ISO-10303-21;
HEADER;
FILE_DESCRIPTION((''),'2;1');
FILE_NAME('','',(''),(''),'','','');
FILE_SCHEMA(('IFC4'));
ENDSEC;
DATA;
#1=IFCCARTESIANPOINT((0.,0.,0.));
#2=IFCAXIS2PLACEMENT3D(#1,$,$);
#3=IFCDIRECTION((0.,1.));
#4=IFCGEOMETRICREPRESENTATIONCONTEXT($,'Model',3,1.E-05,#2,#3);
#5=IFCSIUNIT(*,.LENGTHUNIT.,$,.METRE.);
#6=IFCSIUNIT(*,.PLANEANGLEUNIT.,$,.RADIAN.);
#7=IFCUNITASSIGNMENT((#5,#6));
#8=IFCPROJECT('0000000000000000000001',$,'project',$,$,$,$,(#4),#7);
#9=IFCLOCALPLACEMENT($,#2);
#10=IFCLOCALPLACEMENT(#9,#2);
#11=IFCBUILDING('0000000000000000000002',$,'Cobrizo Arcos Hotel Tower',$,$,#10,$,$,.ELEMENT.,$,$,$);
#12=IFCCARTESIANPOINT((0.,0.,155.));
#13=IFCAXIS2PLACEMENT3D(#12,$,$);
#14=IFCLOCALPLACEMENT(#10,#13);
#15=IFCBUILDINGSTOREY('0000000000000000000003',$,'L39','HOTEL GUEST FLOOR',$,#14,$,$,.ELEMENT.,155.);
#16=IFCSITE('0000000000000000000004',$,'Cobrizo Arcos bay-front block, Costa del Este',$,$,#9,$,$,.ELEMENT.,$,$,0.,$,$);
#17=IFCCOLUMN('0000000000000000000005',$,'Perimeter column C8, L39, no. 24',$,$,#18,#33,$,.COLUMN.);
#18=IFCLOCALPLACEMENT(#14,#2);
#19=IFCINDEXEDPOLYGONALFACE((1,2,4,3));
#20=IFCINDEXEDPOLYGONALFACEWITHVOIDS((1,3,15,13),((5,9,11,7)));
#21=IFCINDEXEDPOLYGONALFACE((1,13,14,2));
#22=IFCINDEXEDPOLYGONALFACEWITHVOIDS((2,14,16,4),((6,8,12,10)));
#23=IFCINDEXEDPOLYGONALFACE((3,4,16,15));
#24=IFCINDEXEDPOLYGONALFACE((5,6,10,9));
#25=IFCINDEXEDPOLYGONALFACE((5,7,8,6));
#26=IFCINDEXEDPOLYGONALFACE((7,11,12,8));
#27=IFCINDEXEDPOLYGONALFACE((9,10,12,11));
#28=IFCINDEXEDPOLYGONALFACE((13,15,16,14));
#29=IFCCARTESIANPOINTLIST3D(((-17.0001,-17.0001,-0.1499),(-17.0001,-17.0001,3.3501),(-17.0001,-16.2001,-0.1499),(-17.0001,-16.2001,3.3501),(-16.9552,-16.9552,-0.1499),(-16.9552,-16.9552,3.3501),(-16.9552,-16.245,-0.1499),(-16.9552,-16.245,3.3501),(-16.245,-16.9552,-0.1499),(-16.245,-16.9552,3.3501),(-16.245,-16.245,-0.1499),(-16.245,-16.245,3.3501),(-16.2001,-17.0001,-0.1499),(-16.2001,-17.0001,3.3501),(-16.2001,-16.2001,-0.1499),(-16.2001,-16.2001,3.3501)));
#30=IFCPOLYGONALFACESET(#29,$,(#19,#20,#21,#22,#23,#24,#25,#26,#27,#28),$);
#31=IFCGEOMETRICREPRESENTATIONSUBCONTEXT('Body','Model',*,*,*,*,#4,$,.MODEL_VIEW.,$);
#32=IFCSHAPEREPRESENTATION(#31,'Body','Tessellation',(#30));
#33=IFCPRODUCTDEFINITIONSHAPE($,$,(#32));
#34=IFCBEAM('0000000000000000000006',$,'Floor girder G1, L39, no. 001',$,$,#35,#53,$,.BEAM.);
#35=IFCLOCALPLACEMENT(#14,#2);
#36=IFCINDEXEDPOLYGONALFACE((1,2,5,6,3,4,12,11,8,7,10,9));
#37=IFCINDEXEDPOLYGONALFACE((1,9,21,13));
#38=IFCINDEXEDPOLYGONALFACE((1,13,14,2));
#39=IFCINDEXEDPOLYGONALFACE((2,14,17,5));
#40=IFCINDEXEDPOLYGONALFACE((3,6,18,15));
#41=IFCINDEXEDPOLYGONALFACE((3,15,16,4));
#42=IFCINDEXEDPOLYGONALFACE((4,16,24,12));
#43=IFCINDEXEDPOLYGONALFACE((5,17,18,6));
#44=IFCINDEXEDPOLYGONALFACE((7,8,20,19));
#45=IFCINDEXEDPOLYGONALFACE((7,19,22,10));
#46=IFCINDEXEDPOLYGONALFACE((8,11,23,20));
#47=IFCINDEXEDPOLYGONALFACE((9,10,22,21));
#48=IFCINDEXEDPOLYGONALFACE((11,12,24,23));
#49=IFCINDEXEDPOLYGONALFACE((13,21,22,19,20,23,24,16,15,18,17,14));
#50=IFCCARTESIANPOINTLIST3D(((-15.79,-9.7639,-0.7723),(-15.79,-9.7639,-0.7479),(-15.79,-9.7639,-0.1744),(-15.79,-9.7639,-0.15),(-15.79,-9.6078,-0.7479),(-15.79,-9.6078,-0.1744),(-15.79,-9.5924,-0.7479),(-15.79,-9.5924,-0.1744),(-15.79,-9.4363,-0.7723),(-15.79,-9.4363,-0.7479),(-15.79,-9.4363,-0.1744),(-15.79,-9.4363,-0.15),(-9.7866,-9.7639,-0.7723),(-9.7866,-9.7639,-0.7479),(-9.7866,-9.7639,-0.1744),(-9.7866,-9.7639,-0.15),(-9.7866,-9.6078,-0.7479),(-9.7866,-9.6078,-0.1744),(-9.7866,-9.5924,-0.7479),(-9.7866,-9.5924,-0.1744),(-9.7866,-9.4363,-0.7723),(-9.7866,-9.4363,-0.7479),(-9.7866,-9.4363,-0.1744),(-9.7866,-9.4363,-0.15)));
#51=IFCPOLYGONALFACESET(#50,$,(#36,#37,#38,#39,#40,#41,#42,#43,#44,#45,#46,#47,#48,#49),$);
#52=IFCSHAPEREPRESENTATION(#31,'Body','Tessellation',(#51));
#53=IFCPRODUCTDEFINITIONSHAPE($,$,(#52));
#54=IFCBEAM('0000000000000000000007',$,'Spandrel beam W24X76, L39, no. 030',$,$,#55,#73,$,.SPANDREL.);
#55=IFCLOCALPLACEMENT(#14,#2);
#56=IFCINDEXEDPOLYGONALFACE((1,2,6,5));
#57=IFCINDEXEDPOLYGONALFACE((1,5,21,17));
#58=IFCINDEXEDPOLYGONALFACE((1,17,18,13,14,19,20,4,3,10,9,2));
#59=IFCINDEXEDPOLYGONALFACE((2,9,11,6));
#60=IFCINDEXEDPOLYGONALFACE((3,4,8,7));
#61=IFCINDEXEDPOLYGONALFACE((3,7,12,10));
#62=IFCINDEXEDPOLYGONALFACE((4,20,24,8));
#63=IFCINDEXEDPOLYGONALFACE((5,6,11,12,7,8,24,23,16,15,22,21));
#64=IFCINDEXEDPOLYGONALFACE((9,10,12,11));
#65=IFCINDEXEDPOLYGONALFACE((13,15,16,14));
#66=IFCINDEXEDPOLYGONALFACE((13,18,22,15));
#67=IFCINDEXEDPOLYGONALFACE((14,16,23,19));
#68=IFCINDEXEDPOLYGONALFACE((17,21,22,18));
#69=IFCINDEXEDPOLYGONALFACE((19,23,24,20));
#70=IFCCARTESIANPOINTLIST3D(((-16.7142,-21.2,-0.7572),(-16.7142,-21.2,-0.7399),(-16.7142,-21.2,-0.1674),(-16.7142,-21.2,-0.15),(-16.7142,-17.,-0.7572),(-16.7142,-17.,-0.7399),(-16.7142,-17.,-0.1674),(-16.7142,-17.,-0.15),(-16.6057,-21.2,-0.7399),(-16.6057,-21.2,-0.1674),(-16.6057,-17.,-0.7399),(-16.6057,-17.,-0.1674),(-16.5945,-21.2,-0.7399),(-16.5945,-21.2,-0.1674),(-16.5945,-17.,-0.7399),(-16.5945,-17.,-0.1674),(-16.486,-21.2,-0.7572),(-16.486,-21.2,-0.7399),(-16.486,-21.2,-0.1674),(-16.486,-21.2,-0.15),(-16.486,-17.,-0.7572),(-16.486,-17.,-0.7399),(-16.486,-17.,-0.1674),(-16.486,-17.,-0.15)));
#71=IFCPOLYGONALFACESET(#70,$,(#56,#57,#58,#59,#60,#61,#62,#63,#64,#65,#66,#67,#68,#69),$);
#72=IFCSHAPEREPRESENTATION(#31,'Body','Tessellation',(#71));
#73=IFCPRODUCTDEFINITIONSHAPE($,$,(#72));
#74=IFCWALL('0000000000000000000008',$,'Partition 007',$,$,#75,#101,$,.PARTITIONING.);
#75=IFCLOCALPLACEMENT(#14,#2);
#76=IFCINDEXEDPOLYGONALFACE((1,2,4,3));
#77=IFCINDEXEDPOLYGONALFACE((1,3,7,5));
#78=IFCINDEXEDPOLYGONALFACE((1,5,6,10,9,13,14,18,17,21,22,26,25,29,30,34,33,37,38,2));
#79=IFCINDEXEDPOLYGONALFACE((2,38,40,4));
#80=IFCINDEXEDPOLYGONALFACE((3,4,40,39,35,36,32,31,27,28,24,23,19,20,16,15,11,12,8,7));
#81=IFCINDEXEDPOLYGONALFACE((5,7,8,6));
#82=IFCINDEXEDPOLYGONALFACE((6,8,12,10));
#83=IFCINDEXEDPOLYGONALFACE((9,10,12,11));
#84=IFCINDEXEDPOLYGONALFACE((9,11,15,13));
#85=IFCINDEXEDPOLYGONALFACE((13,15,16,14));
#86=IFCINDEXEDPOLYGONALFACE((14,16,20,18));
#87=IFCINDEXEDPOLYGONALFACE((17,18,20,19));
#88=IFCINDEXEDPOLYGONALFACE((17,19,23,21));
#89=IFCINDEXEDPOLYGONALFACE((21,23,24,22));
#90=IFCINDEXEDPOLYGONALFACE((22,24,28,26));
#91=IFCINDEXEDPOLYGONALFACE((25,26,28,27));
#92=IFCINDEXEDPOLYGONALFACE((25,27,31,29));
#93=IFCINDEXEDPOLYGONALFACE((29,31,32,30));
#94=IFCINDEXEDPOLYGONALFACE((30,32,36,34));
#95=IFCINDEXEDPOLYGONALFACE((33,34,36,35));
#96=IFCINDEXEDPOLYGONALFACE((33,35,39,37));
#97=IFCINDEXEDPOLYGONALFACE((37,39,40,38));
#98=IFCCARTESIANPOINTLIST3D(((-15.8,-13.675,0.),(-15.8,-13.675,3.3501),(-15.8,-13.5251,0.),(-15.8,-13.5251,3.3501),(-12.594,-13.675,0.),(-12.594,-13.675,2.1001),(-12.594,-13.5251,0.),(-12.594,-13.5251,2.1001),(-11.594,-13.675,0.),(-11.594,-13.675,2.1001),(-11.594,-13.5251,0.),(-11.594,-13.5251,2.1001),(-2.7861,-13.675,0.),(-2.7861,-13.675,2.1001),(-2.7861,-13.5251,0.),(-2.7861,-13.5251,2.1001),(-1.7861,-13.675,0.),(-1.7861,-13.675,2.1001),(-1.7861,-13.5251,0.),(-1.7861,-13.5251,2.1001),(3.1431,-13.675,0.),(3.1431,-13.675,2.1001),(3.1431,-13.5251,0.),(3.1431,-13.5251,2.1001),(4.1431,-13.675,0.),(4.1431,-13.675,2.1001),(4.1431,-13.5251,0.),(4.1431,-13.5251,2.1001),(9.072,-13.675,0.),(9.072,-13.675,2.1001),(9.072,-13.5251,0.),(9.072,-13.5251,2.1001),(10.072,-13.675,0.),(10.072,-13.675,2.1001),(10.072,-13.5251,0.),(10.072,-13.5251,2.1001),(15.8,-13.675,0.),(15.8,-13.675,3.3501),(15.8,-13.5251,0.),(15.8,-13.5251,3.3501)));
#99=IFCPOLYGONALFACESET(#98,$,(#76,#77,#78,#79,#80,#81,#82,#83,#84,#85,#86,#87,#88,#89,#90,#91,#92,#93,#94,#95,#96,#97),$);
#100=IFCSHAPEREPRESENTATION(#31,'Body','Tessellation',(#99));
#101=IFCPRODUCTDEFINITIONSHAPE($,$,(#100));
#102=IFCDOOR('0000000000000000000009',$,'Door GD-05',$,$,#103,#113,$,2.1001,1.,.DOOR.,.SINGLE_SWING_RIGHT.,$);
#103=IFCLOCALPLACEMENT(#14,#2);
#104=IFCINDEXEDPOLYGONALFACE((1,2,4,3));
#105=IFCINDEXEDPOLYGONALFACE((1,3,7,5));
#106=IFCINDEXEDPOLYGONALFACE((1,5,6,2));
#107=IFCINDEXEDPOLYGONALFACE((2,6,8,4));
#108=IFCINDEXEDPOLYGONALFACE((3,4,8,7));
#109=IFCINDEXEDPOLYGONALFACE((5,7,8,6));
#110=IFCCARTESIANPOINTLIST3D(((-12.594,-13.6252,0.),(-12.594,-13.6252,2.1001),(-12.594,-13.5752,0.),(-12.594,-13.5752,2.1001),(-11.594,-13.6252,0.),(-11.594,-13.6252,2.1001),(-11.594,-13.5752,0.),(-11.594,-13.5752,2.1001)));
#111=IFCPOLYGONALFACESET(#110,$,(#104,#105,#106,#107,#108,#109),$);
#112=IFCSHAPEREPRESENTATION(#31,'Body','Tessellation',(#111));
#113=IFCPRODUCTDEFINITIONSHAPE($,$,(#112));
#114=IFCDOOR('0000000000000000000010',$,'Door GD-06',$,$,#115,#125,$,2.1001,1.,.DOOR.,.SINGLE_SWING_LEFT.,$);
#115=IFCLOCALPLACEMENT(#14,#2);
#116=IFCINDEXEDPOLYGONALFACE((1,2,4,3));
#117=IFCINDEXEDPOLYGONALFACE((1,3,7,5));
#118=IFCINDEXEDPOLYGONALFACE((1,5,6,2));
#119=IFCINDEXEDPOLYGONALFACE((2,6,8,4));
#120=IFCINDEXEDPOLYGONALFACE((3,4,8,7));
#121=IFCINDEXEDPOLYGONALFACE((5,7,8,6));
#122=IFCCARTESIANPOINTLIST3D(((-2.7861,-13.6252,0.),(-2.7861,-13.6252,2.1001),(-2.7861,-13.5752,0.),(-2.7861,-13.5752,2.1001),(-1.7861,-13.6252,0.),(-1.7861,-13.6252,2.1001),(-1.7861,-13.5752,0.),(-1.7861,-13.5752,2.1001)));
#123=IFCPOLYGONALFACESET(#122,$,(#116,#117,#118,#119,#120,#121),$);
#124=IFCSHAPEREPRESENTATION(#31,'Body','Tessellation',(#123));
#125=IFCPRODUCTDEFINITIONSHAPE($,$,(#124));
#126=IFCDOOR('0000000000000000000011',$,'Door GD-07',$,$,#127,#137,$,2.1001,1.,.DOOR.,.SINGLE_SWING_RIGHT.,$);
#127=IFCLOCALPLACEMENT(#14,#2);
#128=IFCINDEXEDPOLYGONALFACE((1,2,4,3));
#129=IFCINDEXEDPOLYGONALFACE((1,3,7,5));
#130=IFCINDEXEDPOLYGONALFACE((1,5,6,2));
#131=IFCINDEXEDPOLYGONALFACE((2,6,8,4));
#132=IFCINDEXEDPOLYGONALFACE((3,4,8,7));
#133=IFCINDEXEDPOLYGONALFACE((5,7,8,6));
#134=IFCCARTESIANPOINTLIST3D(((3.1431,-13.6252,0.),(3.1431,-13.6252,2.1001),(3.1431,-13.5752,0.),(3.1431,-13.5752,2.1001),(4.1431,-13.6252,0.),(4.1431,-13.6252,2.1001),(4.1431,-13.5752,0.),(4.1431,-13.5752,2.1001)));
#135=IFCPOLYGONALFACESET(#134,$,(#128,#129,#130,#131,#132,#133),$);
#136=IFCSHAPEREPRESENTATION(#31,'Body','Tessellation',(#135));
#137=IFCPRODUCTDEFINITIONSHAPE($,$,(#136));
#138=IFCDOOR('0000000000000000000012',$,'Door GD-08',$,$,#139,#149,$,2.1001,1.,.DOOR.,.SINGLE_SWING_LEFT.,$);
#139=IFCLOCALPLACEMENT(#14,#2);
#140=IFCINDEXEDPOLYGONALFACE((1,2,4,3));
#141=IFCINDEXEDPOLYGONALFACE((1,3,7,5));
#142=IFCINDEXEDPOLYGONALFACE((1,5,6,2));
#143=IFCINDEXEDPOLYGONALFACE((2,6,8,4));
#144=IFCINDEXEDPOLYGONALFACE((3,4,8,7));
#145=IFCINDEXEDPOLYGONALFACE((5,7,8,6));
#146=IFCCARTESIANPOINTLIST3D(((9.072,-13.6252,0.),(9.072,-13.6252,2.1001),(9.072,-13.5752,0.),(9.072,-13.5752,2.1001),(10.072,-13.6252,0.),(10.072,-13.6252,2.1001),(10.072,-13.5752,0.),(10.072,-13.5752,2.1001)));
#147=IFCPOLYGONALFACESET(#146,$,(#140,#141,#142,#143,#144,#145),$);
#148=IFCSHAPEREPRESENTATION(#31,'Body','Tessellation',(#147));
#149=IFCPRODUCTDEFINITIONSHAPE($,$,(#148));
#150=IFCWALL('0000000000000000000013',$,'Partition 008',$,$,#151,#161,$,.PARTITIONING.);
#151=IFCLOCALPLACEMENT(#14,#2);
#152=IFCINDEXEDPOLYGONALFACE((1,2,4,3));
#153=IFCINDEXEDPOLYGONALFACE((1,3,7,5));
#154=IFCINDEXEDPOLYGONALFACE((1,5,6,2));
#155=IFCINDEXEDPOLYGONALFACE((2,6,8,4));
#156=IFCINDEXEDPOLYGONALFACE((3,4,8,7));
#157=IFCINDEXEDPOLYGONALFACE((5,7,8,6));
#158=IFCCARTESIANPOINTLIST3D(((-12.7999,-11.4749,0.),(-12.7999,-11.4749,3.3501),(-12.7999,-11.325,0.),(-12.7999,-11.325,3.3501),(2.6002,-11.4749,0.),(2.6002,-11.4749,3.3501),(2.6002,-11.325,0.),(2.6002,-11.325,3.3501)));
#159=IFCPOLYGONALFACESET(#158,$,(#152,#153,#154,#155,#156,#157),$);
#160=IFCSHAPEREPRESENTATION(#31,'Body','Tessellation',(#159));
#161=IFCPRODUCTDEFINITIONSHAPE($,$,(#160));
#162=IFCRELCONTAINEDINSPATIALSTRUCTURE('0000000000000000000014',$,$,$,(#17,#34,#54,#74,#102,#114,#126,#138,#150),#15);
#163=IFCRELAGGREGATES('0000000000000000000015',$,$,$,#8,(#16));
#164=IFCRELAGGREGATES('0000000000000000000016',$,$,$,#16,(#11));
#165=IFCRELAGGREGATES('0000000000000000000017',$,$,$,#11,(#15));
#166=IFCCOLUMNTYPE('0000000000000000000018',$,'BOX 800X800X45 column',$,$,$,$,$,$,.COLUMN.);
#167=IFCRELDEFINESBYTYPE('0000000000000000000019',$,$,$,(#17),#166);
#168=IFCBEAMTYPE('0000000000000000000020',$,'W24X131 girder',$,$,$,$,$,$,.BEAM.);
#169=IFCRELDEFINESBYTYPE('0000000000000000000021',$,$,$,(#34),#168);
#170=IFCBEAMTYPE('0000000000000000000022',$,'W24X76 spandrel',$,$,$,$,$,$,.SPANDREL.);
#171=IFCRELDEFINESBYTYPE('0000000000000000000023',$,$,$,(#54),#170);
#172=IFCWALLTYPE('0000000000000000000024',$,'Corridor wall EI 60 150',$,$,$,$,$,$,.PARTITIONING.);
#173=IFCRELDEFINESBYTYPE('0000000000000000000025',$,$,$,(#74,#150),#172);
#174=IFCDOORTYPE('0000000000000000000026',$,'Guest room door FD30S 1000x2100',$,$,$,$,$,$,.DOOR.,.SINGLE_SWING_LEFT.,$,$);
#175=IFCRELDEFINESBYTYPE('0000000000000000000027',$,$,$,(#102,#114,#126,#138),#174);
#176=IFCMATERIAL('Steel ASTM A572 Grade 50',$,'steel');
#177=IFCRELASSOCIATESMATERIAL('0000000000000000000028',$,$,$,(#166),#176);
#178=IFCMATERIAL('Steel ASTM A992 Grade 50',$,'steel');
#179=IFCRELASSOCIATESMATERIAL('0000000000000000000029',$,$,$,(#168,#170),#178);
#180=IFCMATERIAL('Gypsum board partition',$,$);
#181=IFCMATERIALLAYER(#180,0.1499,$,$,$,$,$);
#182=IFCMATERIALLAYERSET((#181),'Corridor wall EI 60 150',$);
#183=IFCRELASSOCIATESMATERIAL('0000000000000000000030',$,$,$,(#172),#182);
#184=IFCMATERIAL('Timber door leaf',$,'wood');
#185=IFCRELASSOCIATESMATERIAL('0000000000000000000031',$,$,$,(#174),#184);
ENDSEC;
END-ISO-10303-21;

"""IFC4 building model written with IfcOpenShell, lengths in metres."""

from ifc_helpers import new_model, si_unit, direction, frame, frame_2d, origin, origin_2d, place, context, subcontext, project, spatial, rectangle, hollow_rectangle, i_section, extrude, material, layer, layer_set, material_profile, profile_set, type_object, element, fill, save


model = new_model("IFC4")

# Units and contexts
model_context = context("Model", 3, precision=1e-05, world=origin(), true_north=direction((0.0, 1.0)))
body_context = subcontext(model_context, "Body", "Model", "MODEL_VIEW")
ifc_project = project(units=[si_unit("LENGTHUNIT", "METRE"), si_unit("PLANEANGLEUNIT", "RADIAN")], contexts=[model_context])

# Site, building, storey
site_placement = place(None, origin())
site = spatial("IfcSite", under=ifc_project, at=site_placement, Name="Cobrizo Arcos bay-front block, Costa del Este", CompositionType="ELEMENT", RefElevation=0.0)
building_placement = place(site_placement, origin())
building = spatial("IfcBuilding", under=site, at=building_placement, Name="Cobrizo Arcos Hotel Tower", CompositionType="ELEMENT")
storey_placement = place(building_placement, frame((0.0, 0.0, 155.0)))
storey = spatial("IfcBuildingStorey", under=building, at=storey_placement, Name="L39", Description="HOTEL GUEST FLOOR", CompositionType="ELEMENT", Elevation=155.0)

# Column
ifc_material_1 = material(Name="Steel ASTM A572 Grade 50", Category="steel")
ifc_material_profile_1 = material_profile(ifc_material_1, hollow_rectangle(XDim=0.8, YDim=0.8, WallThickness=0.0449, at=origin_2d()), Name="BOX 800X800X45")
ifc_profile_set_1 = profile_set([ifc_material_profile_1], Name="Steel ASTM A572 Grade 50")
column_type = type_object("IfcColumnType", Name="BOX 800X800X45 column", PredefinedType="COLUMN", material=ifc_profile_set_1)
column_placement = place(storey_placement, frame((-16.6001, -16.6001, -0.1499), z_axis=(0.0, 0.0, 1.0), x_axis=(1.0, 0.0, 0.0)))
element("IfcColumn", 1, at=column_placement, inside=storey, type_object=column_type, Name="Perimeter column C8, L39, no. 24", PredefinedType="COLUMN", context=body_context, shape_type="SweptSolid", body=[
    extrude(hollow_rectangle(XDim=0.8, YDim=0.8, WallThickness=0.0449, at=origin_2d()), origin(), (0.0, 0.0, 1.0), 3.5),
])

# Beams
ifc_material_2 = material(Name="Steel ASTM A992 Grade 50", Category="steel")
ifc_material_profile_2 = material_profile(ifc_material_2, i_section(OverallWidth=0.3276, OverallDepth=0.6223, WebThickness=0.0154, FlangeThickness=0.0244, at=origin_2d()), Name="W24X131")
ifc_profile_set_2 = profile_set([ifc_material_profile_2], Name="Steel ASTM A992 Grade 50")
beam_type_1 = type_object("IfcBeamType", Name="W24X131 girder", PredefinedType="BEAM", material=ifc_profile_set_2)
beam_1_placement = place(storey_placement, frame((-15.79, -9.6001, -0.4612), z_axis=(1.0, 0.0, 0.0), x_axis=(0.0, 1.0, 0.0)))
element("IfcBeam", 2, at=beam_1_placement, inside=storey, type_object=beam_type_1, Name="Floor girder G1, L39, no. 001", PredefinedType="BEAM", context=body_context, shape_type="SweptSolid", body=[
    extrude(i_section(OverallWidth=0.3276, OverallDepth=0.6223, WebThickness=0.0154, FlangeThickness=0.0244, at=origin_2d()), origin(), (0.0, 0.0, 1.0), 6.0034),
])
ifc_material_profile_3 = material_profile(ifc_material_2, i_section(OverallWidth=0.2283, OverallDepth=0.6072, WebThickness=0.0112, FlangeThickness=0.0173, at=origin_2d()), Name="W24X76")
ifc_profile_set_3 = profile_set([ifc_material_profile_3], Name="Steel ASTM A992 Grade 50")
beam_type_2 = type_object("IfcBeamType", Name="W24X76 spandrel", PredefinedType="SPANDREL", material=ifc_profile_set_3)
beam_2_placement = place(storey_placement, frame((-16.6001, -17.0, -0.4536), z_axis=(0.0, -1.0, 0.0), x_axis=(1.0, 0.0, 0.0)))
element("IfcBeam", 3, at=beam_2_placement, inside=storey, type_object=beam_type_2, Name="Spandrel beam W24X76, L39, no. 030", PredefinedType="SPANDREL", context=body_context, shape_type="SweptSolid", body=[
    extrude(i_section(OverallWidth=0.2283, OverallDepth=0.6072, WebThickness=0.0112, FlangeThickness=0.0173, at=origin_2d()), origin(), (0.0, 0.0, 1.0), 4.2),
])

# Wall, openings, doors
ifc_material_3 = material(Name="Gypsum board partition")
ifc_layer_1 = layer(ifc_material_3, 0.1499)
ifc_layer_set_1 = layer_set([ifc_layer_1], Name="Corridor wall EI 60 150")
wall_type_1 = type_object("IfcWallType", Name="Corridor wall EI 60 150", PredefinedType="PARTITIONING", material=ifc_layer_set_1)
wall_1_placement = place(storey_placement, frame((-15.8, -13.6001, 0.0), z_axis=(0.0, 0.0, 1.0), x_axis=(1.0, 0.0, 0.0)))
wall_1 = element("IfcWall", 4, at=wall_1_placement, inside=storey, type_object=wall_type_1, Name="Partition 007", PredefinedType="PARTITIONING", context=body_context, shape_type="SweptSolid", body=[
    extrude(rectangle(XDim=31.6001, YDim=0.1499, at=frame_2d((15.8, 0.0))), origin(), (0.0, 0.0, 1.0), 3.3501),
])
opening_1_placement = place(wall_1_placement, frame((3.2061, 0.0, 0.0)))
opening_1 = element("IfcOpeningElement", 5, at=opening_1_placement, cuts=wall_1, PredefinedType="OPENING", context=body_context, shape_type="SweptSolid", body=[
    extrude(rectangle(XDim=1.0, YDim=2.1001, at=frame_2d((0.5, 1.05))), frame((0.0, 0.0869, 0.0), z_axis=(0.0, -1.0, 0.0), x_axis=(1.0, 0.0, 0.0)), (0.0, 0.0, 1.0), 0.1738),
])
opening_2_placement = place(wall_1_placement, frame((13.0139, 0.0, 0.0)))
opening_2 = element("IfcOpeningElement", 6, at=opening_2_placement, cuts=wall_1, PredefinedType="OPENING", context=body_context, shape_type="SweptSolid", body=[
    extrude(rectangle(XDim=1.0, YDim=2.1001, at=frame_2d((0.5, 1.05))), frame((0.0, 0.0869, 0.0), z_axis=(0.0, -1.0, 0.0), x_axis=(1.0, 0.0, 0.0)), (0.0, 0.0, 1.0), 0.1738),
])
opening_3_placement = place(wall_1_placement, frame((18.9431, 0.0, 0.0)))
opening_3 = element("IfcOpeningElement", 7, at=opening_3_placement, cuts=wall_1, PredefinedType="OPENING", context=body_context, shape_type="SweptSolid", body=[
    extrude(rectangle(XDim=1.0, YDim=2.1001, at=frame_2d((0.5, 1.05))), frame((0.0, 0.0869, 0.0), z_axis=(0.0, -1.0, 0.0), x_axis=(1.0, 0.0, 0.0)), (0.0, 0.0, 1.0), 0.1738),
])
opening_4_placement = place(wall_1_placement, frame((24.8721, 0.0, 0.0)))
opening_4 = element("IfcOpeningElement", 8, at=opening_4_placement, cuts=wall_1, PredefinedType="OPENING", context=body_context, shape_type="SweptSolid", body=[
    extrude(rectangle(XDim=1.0, YDim=2.1001, at=frame_2d((0.5, 1.05))), frame((0.0, 0.0869, 0.0), z_axis=(0.0, -1.0, 0.0), x_axis=(1.0, 0.0, 0.0)), (0.0, 0.0, 1.0), 0.1738),
])
ifc_material_4 = material(Name="Timber door leaf", Category="wood")
door_type_1 = type_object("IfcDoorType", Name="Guest room door FD30S 1000x2100", OperationType="SINGLE_SWING_LEFT", PredefinedType="DOOR", material=ifc_material_4)
door_1_placement = place(opening_1_placement, origin())
door_1 = element("IfcDoor", 9, at=door_1_placement, inside=storey, type_object=door_type_1, Name="Door GD-05", OperationType="SINGLE_SWING_RIGHT", OverallHeight=2.1001, OverallWidth=1.0, PredefinedType="DOOR", context=body_context, shape_type="SweptSolid", body=[
    extrude(rectangle(XDim=1.0, YDim=2.1001, at=frame_2d((0.5, 1.05))), frame((0.0, 0.0249, 0.0), z_axis=(0.0, -1.0, 0.0), x_axis=(1.0, 0.0, 0.0)), (0.0, 0.0, 1.0), 0.05),
])
fill(opening_1, door_1)
door_2_placement = place(opening_2_placement, origin())
door_2 = element("IfcDoor", 10, at=door_2_placement, inside=storey, type_object=door_type_1, Name="Door GD-06", OperationType="SINGLE_SWING_LEFT", OverallHeight=2.1001, OverallWidth=1.0, PredefinedType="DOOR", context=body_context, shape_type="SweptSolid", body=[
    extrude(rectangle(XDim=1.0, YDim=2.1001, at=frame_2d((0.5, 1.05))), frame((0.0, 0.0249, 0.0), z_axis=(0.0, -1.0, 0.0), x_axis=(1.0, 0.0, 0.0)), (0.0, 0.0, 1.0), 0.05),
])
fill(opening_2, door_2)
door_3_placement = place(opening_3_placement, origin())
door_3 = element("IfcDoor", 11, at=door_3_placement, inside=storey, type_object=door_type_1, Name="Door GD-07", OperationType="SINGLE_SWING_RIGHT", OverallHeight=2.1001, OverallWidth=1.0, PredefinedType="DOOR", context=body_context, shape_type="SweptSolid", body=[
    extrude(rectangle(XDim=1.0, YDim=2.1001, at=frame_2d((0.5, 1.05))), frame((0.0, 0.0249, 0.0), z_axis=(0.0, -1.0, 0.0), x_axis=(1.0, 0.0, 0.0)), (0.0, 0.0, 1.0), 0.05),
])
fill(opening_3, door_3)
door_4_placement = place(opening_4_placement, origin())
door_4 = element("IfcDoor", 12, at=door_4_placement, inside=storey, type_object=door_type_1, Name="Door GD-08", OperationType="SINGLE_SWING_LEFT", OverallHeight=2.1001, OverallWidth=1.0, PredefinedType="DOOR", context=body_context, shape_type="SweptSolid", body=[
    extrude(rectangle(XDim=1.0, YDim=2.1001, at=frame_2d((0.5, 1.05))), frame((0.0, 0.0249, 0.0), z_axis=(0.0, -1.0, 0.0), x_axis=(1.0, 0.0, 0.0)), (0.0, 0.0, 1.0), 0.05),
])
fill(opening_4, door_4)

# Wall
wall_2_placement = place(storey_placement, frame((-12.8, -11.3999, 0.0), z_axis=(0.0, 0.0, 1.0), x_axis=(1.0, 0.0, 0.0)))
element("IfcWall", 13, at=wall_2_placement, inside=storey, type_object=wall_type_1, Name="Partition 008", PredefinedType="PARTITIONING", context=body_context, shape_type="SweptSolid", body=[
    extrude(rectangle(XDim=15.4001, YDim=0.1499, at=frame_2d((7.7002, 0.0))), origin(), (0.0, 0.0, 1.0), 3.3501),
])

save(model, "model.ifc")
